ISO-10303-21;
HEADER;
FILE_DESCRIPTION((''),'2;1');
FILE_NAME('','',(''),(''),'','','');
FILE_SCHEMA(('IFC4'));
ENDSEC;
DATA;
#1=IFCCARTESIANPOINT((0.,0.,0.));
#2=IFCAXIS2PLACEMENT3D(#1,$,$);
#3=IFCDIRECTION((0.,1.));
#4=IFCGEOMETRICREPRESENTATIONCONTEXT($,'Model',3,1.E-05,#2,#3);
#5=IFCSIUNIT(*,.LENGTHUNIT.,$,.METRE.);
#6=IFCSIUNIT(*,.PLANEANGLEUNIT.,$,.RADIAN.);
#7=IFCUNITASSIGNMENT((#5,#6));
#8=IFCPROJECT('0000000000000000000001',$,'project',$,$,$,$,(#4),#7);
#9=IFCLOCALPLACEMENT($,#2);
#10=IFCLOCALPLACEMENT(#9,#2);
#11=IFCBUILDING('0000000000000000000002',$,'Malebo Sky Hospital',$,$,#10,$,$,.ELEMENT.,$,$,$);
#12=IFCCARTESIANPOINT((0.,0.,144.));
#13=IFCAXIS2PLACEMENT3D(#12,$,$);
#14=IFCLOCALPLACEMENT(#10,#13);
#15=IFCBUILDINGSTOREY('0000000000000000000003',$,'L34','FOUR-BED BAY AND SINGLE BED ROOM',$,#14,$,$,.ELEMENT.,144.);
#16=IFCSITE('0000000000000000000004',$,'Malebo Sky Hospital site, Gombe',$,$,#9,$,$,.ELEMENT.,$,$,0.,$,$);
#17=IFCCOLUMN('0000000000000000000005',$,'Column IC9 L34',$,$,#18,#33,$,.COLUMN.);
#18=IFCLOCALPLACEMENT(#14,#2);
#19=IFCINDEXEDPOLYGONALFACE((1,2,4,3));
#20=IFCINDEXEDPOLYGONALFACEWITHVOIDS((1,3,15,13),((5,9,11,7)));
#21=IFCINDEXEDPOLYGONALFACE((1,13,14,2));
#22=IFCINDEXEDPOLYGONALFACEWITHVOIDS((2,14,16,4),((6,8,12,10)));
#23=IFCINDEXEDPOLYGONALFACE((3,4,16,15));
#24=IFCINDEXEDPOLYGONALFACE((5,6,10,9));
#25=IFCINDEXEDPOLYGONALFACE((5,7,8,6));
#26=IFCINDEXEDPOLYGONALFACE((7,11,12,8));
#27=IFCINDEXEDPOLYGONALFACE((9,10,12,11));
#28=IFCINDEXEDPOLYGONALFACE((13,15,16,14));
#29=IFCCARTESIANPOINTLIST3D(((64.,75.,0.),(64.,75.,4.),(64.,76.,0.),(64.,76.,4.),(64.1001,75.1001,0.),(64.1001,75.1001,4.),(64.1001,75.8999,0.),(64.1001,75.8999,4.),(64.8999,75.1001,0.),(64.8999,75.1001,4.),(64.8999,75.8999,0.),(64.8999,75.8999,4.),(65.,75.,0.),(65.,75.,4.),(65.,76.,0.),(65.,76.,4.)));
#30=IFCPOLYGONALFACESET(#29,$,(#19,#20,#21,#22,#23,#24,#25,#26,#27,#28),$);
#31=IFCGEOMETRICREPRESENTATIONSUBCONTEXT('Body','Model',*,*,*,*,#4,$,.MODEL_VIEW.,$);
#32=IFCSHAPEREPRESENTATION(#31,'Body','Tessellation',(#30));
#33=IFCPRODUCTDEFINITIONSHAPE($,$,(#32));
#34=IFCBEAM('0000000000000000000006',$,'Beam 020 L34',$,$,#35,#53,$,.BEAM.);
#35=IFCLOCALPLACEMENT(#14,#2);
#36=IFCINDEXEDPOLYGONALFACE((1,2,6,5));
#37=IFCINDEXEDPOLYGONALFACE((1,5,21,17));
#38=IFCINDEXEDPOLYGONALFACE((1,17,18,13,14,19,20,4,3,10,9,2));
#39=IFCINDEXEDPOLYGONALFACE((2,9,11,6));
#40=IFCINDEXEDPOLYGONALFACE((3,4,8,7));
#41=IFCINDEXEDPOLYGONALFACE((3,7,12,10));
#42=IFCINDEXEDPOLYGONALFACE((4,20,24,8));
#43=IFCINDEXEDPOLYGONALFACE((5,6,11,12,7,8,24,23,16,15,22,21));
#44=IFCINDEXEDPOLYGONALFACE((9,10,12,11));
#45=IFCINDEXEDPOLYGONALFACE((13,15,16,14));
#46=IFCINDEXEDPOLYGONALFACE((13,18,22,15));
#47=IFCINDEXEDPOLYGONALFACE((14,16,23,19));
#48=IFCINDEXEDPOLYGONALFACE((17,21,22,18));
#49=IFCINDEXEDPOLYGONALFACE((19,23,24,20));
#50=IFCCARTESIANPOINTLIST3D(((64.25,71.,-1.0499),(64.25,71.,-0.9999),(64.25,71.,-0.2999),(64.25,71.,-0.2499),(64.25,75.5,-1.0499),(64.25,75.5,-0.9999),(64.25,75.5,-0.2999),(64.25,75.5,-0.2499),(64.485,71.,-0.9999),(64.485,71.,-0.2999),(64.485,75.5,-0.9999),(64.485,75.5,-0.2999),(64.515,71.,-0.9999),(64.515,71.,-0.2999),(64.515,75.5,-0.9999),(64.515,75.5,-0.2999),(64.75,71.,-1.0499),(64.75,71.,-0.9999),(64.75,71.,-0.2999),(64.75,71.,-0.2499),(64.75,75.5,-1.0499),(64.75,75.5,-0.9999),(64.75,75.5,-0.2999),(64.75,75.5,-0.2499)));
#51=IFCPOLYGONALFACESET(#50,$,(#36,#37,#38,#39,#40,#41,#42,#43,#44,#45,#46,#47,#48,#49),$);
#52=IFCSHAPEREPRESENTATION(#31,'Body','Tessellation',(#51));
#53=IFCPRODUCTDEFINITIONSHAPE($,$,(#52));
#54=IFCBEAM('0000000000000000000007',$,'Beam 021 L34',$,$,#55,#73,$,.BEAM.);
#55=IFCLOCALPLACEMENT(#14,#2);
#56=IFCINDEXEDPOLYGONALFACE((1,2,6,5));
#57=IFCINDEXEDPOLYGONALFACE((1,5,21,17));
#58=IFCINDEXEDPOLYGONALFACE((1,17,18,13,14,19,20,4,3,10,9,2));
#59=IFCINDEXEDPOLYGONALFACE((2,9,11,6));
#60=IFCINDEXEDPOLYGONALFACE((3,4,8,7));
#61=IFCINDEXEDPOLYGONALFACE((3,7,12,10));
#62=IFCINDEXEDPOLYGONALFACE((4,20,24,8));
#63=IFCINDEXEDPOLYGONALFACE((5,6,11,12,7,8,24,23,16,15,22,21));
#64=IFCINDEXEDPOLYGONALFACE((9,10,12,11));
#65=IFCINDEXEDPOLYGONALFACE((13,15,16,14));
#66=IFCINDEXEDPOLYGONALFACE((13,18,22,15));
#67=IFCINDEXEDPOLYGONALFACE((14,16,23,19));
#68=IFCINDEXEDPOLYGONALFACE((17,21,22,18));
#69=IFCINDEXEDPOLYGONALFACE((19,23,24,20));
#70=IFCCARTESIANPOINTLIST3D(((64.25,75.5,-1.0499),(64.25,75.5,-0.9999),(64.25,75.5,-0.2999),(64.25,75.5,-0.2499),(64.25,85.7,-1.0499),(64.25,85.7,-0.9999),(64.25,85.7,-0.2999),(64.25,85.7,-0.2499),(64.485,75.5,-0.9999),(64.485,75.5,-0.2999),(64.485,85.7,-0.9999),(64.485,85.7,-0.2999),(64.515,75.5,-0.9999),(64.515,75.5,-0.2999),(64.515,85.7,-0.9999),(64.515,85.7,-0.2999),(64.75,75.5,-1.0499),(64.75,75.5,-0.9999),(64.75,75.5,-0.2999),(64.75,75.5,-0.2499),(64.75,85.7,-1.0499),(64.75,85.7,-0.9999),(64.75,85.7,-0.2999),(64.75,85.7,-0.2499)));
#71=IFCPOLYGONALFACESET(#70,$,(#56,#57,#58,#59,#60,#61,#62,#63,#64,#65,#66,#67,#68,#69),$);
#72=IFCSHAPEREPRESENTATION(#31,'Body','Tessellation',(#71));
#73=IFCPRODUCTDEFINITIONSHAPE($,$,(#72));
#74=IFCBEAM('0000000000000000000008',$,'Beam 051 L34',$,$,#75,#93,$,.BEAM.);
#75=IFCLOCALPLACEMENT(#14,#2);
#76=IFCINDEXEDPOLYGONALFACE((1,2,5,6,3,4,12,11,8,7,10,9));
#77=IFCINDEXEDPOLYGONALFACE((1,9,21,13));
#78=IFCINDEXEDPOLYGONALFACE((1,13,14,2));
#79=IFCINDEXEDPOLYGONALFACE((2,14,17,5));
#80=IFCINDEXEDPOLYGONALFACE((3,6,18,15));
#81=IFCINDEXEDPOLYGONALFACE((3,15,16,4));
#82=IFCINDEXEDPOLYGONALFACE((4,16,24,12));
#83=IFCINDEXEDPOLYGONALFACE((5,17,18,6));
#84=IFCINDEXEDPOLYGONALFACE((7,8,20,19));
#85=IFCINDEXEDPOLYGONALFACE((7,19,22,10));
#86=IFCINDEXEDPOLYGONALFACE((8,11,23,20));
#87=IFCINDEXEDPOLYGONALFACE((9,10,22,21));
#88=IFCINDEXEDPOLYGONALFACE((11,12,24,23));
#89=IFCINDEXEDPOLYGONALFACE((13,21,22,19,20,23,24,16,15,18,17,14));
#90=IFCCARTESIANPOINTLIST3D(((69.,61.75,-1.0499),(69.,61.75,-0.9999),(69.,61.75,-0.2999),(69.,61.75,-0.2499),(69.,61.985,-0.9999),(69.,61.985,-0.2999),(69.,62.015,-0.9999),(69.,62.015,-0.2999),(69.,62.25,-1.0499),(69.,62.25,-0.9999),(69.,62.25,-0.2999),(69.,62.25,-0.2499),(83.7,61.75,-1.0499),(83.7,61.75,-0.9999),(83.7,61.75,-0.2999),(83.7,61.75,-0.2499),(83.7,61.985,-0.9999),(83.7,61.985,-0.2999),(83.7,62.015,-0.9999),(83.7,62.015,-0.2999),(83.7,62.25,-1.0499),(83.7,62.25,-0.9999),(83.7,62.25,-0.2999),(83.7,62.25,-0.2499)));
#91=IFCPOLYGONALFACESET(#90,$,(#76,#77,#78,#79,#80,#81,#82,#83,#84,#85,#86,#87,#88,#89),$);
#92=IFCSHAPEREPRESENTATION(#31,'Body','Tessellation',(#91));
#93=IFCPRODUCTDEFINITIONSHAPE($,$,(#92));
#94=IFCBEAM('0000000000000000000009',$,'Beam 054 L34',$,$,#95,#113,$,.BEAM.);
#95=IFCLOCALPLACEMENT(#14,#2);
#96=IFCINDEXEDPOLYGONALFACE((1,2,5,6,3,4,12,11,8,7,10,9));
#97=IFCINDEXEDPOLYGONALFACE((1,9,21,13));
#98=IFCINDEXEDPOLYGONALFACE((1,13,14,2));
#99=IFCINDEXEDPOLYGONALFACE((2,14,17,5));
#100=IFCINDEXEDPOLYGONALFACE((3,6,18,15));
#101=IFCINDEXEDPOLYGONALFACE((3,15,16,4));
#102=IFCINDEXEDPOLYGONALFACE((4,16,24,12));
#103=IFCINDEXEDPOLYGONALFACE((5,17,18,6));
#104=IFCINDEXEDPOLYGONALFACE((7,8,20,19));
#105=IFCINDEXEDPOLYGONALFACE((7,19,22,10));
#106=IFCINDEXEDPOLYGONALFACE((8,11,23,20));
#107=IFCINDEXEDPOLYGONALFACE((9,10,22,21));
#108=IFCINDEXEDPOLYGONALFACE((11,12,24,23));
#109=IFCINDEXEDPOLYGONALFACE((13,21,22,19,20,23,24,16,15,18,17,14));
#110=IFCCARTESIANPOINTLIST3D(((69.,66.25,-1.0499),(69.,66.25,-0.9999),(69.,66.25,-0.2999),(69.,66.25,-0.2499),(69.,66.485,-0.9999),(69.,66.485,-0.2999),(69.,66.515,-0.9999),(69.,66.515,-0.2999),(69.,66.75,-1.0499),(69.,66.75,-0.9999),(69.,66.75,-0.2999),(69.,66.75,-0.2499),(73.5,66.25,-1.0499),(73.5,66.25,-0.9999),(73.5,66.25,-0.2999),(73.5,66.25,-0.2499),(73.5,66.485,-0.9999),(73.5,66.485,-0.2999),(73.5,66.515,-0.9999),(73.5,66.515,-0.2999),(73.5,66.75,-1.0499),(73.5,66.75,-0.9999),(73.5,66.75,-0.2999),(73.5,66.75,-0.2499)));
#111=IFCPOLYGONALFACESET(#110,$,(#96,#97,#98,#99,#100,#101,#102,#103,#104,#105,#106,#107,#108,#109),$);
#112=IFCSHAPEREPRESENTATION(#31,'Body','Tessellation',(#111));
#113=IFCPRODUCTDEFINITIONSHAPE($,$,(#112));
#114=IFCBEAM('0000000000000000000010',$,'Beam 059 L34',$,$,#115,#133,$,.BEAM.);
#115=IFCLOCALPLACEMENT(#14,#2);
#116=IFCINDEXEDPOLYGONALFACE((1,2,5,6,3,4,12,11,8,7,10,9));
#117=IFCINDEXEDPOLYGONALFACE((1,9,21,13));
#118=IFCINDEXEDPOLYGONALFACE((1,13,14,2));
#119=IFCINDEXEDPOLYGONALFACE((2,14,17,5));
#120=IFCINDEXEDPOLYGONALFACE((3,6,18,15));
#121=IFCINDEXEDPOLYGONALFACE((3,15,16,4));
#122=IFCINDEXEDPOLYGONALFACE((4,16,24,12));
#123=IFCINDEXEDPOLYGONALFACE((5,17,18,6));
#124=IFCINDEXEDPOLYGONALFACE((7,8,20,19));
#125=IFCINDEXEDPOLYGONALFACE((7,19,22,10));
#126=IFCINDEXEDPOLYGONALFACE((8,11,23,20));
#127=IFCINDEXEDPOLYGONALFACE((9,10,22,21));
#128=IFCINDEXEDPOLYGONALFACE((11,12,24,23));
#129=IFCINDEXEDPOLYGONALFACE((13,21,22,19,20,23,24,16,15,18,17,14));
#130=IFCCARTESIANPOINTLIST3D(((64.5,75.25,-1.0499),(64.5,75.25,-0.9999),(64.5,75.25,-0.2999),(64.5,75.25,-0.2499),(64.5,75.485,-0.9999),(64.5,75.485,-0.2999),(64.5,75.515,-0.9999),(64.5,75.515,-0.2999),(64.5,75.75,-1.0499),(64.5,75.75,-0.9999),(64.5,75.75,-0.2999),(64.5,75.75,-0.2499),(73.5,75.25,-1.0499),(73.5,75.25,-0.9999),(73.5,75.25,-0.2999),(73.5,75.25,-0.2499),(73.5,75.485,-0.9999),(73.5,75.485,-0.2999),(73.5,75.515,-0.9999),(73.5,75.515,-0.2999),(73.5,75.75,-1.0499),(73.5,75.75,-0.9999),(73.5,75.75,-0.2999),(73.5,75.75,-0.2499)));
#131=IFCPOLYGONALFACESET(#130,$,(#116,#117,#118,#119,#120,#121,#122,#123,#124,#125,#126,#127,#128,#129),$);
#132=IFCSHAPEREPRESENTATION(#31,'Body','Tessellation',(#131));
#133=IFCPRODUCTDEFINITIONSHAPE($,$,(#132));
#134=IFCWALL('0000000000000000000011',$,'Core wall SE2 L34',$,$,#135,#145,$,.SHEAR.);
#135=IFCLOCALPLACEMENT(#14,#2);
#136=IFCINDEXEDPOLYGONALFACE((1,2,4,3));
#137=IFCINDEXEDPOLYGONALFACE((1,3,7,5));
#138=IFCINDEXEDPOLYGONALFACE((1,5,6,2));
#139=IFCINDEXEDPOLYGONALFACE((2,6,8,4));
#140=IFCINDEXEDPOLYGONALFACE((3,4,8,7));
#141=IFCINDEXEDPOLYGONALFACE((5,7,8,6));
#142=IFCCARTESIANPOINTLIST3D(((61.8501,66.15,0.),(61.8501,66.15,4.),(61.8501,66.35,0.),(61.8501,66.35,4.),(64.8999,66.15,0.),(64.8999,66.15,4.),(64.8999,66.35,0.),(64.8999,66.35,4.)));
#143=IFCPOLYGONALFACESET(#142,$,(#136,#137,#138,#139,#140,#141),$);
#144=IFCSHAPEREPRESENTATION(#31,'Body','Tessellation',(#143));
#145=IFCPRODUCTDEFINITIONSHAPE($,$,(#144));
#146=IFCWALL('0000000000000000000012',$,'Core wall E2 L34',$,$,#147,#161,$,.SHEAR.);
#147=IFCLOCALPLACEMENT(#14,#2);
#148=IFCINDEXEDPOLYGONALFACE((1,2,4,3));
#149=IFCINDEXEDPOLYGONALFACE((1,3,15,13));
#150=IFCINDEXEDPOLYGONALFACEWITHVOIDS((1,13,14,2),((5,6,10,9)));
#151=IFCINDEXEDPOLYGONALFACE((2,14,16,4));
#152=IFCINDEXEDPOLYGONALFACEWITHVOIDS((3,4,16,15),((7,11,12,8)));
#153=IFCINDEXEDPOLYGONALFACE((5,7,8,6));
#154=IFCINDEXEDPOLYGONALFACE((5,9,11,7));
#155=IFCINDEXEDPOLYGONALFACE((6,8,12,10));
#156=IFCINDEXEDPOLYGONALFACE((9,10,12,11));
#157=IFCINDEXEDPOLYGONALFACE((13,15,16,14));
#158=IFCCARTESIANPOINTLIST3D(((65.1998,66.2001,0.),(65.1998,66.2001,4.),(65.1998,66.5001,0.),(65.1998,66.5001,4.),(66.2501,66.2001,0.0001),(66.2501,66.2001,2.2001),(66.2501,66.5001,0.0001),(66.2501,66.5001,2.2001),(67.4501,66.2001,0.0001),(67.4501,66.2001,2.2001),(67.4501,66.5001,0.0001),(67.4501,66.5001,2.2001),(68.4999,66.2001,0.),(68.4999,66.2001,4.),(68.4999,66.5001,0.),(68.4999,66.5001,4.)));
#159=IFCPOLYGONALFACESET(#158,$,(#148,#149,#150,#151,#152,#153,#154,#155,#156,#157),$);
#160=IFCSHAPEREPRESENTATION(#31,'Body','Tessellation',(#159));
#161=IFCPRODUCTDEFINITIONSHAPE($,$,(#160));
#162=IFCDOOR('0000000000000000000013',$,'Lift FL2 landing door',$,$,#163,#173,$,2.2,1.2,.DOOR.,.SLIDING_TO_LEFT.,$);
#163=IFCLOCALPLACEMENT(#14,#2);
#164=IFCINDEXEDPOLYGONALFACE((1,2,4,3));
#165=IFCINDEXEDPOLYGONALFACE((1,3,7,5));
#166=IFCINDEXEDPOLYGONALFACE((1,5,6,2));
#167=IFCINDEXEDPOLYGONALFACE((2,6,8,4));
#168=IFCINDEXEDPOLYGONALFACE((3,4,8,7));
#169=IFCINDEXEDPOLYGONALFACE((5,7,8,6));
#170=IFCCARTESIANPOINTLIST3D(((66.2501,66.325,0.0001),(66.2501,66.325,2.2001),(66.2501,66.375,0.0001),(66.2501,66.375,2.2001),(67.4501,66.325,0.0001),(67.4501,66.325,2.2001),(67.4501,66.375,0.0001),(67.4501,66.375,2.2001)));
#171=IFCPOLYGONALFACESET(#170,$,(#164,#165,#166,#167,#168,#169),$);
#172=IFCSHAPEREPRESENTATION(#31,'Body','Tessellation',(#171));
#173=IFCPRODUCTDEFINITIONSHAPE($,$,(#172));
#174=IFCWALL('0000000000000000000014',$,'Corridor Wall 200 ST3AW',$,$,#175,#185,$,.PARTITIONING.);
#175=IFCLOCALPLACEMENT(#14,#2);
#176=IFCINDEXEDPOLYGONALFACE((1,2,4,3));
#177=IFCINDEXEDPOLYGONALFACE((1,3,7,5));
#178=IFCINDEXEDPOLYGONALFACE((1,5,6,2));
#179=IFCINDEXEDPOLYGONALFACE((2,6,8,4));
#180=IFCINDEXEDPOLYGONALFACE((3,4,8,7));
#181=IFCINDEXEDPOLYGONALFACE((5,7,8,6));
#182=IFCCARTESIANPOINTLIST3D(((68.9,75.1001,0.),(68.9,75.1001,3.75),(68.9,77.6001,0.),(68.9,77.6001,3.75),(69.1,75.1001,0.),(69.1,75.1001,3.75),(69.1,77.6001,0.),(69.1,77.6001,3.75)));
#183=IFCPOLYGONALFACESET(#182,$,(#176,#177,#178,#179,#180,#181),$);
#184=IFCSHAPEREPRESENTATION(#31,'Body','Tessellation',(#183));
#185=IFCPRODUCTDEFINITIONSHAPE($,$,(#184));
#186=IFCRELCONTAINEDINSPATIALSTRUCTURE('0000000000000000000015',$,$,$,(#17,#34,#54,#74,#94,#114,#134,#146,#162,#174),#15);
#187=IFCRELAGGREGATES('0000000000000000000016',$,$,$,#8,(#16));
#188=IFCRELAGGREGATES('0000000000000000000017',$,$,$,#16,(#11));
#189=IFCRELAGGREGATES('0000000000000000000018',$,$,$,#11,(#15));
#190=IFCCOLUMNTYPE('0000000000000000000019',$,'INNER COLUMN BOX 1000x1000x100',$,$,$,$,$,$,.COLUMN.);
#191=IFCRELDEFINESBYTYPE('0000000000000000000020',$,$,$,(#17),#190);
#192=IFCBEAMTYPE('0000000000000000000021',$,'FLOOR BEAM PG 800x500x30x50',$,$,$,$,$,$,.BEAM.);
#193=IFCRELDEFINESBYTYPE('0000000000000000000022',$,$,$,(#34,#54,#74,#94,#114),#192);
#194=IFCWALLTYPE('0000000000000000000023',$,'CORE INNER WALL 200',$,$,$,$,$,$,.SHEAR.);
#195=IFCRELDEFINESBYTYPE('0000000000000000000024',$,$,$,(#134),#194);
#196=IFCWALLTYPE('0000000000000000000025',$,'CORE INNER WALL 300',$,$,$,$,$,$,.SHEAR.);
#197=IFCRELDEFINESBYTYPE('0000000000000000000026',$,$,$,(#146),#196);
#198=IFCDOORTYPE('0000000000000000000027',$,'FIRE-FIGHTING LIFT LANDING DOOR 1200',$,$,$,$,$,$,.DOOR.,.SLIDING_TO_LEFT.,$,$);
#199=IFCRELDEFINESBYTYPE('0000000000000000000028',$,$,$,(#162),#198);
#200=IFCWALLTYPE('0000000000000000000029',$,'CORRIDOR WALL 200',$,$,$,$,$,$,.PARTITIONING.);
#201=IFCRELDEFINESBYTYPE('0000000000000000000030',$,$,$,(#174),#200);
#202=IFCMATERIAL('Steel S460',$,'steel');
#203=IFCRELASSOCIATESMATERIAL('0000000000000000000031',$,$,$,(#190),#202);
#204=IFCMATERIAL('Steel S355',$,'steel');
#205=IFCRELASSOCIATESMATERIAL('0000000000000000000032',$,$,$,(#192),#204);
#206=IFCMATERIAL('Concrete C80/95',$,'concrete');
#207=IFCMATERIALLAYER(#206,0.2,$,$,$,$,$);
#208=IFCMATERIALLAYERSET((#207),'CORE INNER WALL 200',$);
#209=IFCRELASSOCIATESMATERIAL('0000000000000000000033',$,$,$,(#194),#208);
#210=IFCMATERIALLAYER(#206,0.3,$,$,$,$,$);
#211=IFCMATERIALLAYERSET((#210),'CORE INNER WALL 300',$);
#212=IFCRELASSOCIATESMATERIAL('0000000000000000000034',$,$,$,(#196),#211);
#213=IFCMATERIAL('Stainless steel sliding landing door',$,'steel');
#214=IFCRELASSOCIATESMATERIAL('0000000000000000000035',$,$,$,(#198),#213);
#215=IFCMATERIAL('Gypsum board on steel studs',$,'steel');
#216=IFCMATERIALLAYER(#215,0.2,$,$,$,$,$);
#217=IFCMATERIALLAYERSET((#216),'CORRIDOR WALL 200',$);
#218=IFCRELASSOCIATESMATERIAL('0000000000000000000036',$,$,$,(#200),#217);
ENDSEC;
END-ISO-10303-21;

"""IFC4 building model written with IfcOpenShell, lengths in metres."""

from ifc_helpers import new_model, si_unit, direction, frame, frame_2d, origin, origin_2d, place, context, subcontext, project, spatial, rectangle, hollow_rectangle, i_section, extrude, material, layer, layer_set, material_profile, profile_set, type_object, element, fill, save


model = new_model("IFC4")

# Units and contexts
model_context = context("Model", 3, precision=1e-05, world=origin(), true_north=direction((0.0, 1.0)))
body_context = subcontext(model_context, "Body", "Model", "MODEL_VIEW")
ifc_project = project(units=[si_unit("LENGTHUNIT", "METRE"), si_unit("PLANEANGLEUNIT", "RADIAN")], contexts=[model_context])

# Site, building, storey
site_placement = place(None, origin())
site = spatial("IfcSite", under=ifc_project, at=site_placement, Name="Malebo Sky Hospital site, Gombe", CompositionType="ELEMENT", RefElevation=0.0)
building_placement = place(site_placement, origin())
building = spatial("IfcBuilding", under=site, at=building_placement, Name="Malebo Sky Hospital", CompositionType="ELEMENT")
storey_placement = place(building_placement, frame((0.0, 0.0, 144.0)))
storey = spatial("IfcBuildingStorey", under=building, at=storey_placement, Name="L34", Description="FOUR-BED BAY AND SINGLE BED ROOM", CompositionType="ELEMENT", Elevation=144.0)

# Column
ifc_material_1 = material(Name="Steel S460", Category="steel")
ifc_material_profile_1 = material_profile(ifc_material_1, hollow_rectangle(XDim=1.0, YDim=1.0, WallThickness=0.1001, at=origin_2d()), Name="BOX 1000x1000x100")
ifc_profile_set_1 = profile_set([ifc_material_profile_1], Name="Steel S460")
column_type = type_object("IfcColumnType", Name="INNER COLUMN BOX 1000x1000x100", PredefinedType="COLUMN", material=ifc_profile_set_1)
column_placement = place(storey_placement, frame((64.5, 75.5, 0.0), z_axis=(0.0, 0.0, 1.0), x_axis=(1.0, 0.0, 0.0)))
element("IfcColumn", 1, at=column_placement, inside=storey, type_object=column_type, Name="Column IC9 L34", PredefinedType="COLUMN", context=body_context, shape_type="SweptSolid", body=[
    extrude(hollow_rectangle(XDim=1.0, YDim=1.0, WallThickness=0.1001, at=origin_2d()), origin(), (0.0, 0.0, 1.0), 4.0),
])

# Beams
ifc_material_2 = material(Name="Steel S355", Category="steel")
ifc_material_profile_2 = material_profile(ifc_material_2, i_section(OverallWidth=0.5, OverallDepth=0.8, WebThickness=0.03, FlangeThickness=0.05, at=origin_2d()), Name="PG 800x500x30x50")
ifc_profile_set_2 = profile_set([ifc_material_profile_2], Name="Steel S355")
beam_type = type_object("IfcBeamType", Name="FLOOR BEAM PG 800x500x30x50", PredefinedType="BEAM", material=ifc_profile_set_2)
beam_1_placement = place(storey_placement, frame((64.5, 71.0, -0.6499), z_axis=(0.0, 1.0, 0.0), x_axis=(-1.0, 0.0, 0.0)))
element("IfcBeam", 2, at=beam_1_placement, inside=storey, type_object=beam_type, Name="Beam 020 L34", PredefinedType="BEAM", context=body_context, shape_type="SweptSolid", body=[
    extrude(i_section(OverallWidth=0.5, OverallDepth=0.8, WebThickness=0.03, FlangeThickness=0.05, at=origin_2d()), origin(), (0.0, 0.0, 1.0), 4.5),
])
beam_2_placement = place(storey_placement, frame((64.5, 75.5, -0.6499), z_axis=(0.0, 1.0, 0.0), x_axis=(-1.0, 0.0, 0.0)))
element("IfcBeam", 3, at=beam_2_placement, inside=storey, type_object=beam_type, Name="Beam 021 L34", PredefinedType="BEAM", context=body_context, shape_type="SweptSolid", body=[
    extrude(i_section(OverallWidth=0.5, OverallDepth=0.8, WebThickness=0.03, FlangeThickness=0.05, at=origin_2d()), origin(), (0.0, 0.0, 1.0), 10.2),
])
beam_3_placement = place(storey_placement, frame((69.0, 62.0, -0.6499), z_axis=(1.0, 0.0, 0.0), x_axis=(0.0, 1.0, 0.0)))
element("IfcBeam", 4, at=beam_3_placement, inside=storey, type_object=beam_type, Name="Beam 051 L34", PredefinedType="BEAM", context=body_context, shape_type="SweptSolid", body=[
    extrude(i_section(OverallWidth=0.5, OverallDepth=0.8, WebThickness=0.03, FlangeThickness=0.05, at=origin_2d()), origin(), (0.0, 0.0, 1.0), 14.7),
])
beam_4_placement = place(storey_placement, frame((69.0, 66.5, -0.6499), z_axis=(1.0, 0.0, 0.0), x_axis=(0.0, 1.0, 0.0)))
element("IfcBeam", 5, at=beam_4_placement, inside=storey, type_object=beam_type, Name="Beam 054 L34", PredefinedType="BEAM", context=body_context, shape_type="SweptSolid", body=[
    extrude(i_section(OverallWidth=0.5, OverallDepth=0.8, WebThickness=0.03, FlangeThickness=0.05, at=origin_2d()), origin(), (0.0, 0.0, 1.0), 4.5),
])
beam_5_placement = place(storey_placement, frame((64.5, 75.5, -0.6499), z_axis=(1.0, 0.0, 0.0), x_axis=(0.0, 1.0, 0.0)))
element("IfcBeam", 6, at=beam_5_placement, inside=storey, type_object=beam_type, Name="Beam 059 L34", PredefinedType="BEAM", context=body_context, shape_type="SweptSolid", body=[
    extrude(i_section(OverallWidth=0.5, OverallDepth=0.8, WebThickness=0.03, FlangeThickness=0.05, at=origin_2d()), origin(), (0.0, 0.0, 1.0), 9.0),
])

# Wall
ifc_material_3 = material(Name="Concrete C80/95", Category="concrete")
ifc_layer_1 = layer(ifc_material_3, 0.2)
ifc_layer_set_1 = layer_set([ifc_layer_1], Name="CORE INNER WALL 200")
wall_type_1 = type_object("IfcWallType", Name="CORE INNER WALL 200", PredefinedType="SHEAR", material=ifc_layer_set_1)
wall_1_placement = place(storey_placement, frame((61.8501, 66.25, 0.0), z_axis=(0.0, 0.0, 1.0), x_axis=(1.0, 0.0, 0.0)))
element("IfcWall", 7, at=wall_1_placement, inside=storey, type_object=wall_type_1, Name="Core wall SE2 L34", PredefinedType="SHEAR", context=body_context, shape_type="SweptSolid", body=[
    extrude(rectangle(XDim=3.0498, YDim=0.2, at=frame_2d((1.5249, 0.0))), origin(), (0.0, 0.0, 1.0), 4.0),
])

# Wall, opening, door
ifc_layer_2 = layer(ifc_material_3, 0.3)
ifc_layer_set_2 = layer_set([ifc_layer_2], Name="CORE INNER WALL 300")
wall_type_2 = type_object("IfcWallType", Name="CORE INNER WALL 300", PredefinedType="SHEAR", material=ifc_layer_set_2)
wall_2_placement = place(storey_placement, frame((65.2, 66.3501, 0.0), z_axis=(0.0, 0.0, 1.0), x_axis=(1.0, 0.0, 0.0)))
wall_2 = element("IfcWall", 8, at=wall_2_placement, inside=storey, type_object=wall_type_2, Name="Core wall E2 L34", PredefinedType="SHEAR", context=body_context, shape_type="SweptSolid", body=[
    extrude(rectangle(XDim=3.3, YDim=0.3, at=frame_2d((1.6499, 0.0))), origin(), (0.0, 0.0, 1.0), 4.0),
])
opening_1_placement = place(wall_2_placement, frame((1.05, 0.0, 0.0)))
opening_1 = element("IfcOpeningElement", 9, at=opening_1_placement, cuts=wall_2, PredefinedType="OPENING", context=body_context, shape_type="SweptSolid", body=[
    extrude(rectangle(XDim=1.2, YDim=2.2, at=frame_2d((0.6001, 1.1001))), frame((0.0, 0.1599, 0.0), z_axis=(0.0, -1.0, 0.0), x_axis=(1.0, 0.0, 0.0)), (0.0, 0.0, 1.0), 0.3201),
])
ifc_material_4 = material(Name="Stainless steel sliding landing door", Category="steel")
door_type_1 = type_object("IfcDoorType", Name="FIRE-FIGHTING LIFT LANDING DOOR 1200", OperationType="SLIDING_TO_LEFT", PredefinedType="DOOR", material=ifc_material_4)
door_1_placement = place(opening_1_placement, origin())
door_1 = element("IfcDoor", 10, at=door_1_placement, inside=storey, type_object=door_type_1, Name="Lift FL2 landing door", OperationType="SLIDING_TO_LEFT", OverallHeight=2.2, OverallWidth=1.2, PredefinedType="DOOR", context=body_context, shape_type="SweptSolid", body=[
    extrude(rectangle(XDim=1.2, YDim=2.2, at=frame_2d((0.6001, 1.1001))), frame((0.0, 0.0249, 0.0), z_axis=(0.0, -1.0, 0.0), x_axis=(1.0, 0.0, 0.0)), (0.0, 0.0, 1.0), 0.05),
])
fill(opening_1, door_1)

# Wall
ifc_material_5 = material(Name="Gypsum board on steel studs", Category="steel")
ifc_layer_3 = layer(ifc_material_5, 0.2)
ifc_layer_set_3 = layer_set([ifc_layer_3], Name="CORRIDOR WALL 200")
wall_type_3 = type_object("IfcWallType", Name="CORRIDOR WALL 200", PredefinedType="PARTITIONING", material=ifc_layer_set_3)
wall_3_placement = place(storey_placement, frame((69.0, 75.1001, 0.0), z_axis=(0.0, 0.0, 1.0), x_axis=(0.0, 1.0, 0.0)))
element("IfcWall", 11, at=wall_3_placement, inside=storey, type_object=wall_type_3, Name="Corridor Wall 200 ST3AW", PredefinedType="PARTITIONING", context=body_context, shape_type="SweptSolid", body=[
    extrude(rectangle(XDim=2.5, YDim=0.2, at=frame_2d((1.25, 0.0))), origin(), (0.0, 0.0, 1.0), 3.75),
])

save(model, "model.ifc")
